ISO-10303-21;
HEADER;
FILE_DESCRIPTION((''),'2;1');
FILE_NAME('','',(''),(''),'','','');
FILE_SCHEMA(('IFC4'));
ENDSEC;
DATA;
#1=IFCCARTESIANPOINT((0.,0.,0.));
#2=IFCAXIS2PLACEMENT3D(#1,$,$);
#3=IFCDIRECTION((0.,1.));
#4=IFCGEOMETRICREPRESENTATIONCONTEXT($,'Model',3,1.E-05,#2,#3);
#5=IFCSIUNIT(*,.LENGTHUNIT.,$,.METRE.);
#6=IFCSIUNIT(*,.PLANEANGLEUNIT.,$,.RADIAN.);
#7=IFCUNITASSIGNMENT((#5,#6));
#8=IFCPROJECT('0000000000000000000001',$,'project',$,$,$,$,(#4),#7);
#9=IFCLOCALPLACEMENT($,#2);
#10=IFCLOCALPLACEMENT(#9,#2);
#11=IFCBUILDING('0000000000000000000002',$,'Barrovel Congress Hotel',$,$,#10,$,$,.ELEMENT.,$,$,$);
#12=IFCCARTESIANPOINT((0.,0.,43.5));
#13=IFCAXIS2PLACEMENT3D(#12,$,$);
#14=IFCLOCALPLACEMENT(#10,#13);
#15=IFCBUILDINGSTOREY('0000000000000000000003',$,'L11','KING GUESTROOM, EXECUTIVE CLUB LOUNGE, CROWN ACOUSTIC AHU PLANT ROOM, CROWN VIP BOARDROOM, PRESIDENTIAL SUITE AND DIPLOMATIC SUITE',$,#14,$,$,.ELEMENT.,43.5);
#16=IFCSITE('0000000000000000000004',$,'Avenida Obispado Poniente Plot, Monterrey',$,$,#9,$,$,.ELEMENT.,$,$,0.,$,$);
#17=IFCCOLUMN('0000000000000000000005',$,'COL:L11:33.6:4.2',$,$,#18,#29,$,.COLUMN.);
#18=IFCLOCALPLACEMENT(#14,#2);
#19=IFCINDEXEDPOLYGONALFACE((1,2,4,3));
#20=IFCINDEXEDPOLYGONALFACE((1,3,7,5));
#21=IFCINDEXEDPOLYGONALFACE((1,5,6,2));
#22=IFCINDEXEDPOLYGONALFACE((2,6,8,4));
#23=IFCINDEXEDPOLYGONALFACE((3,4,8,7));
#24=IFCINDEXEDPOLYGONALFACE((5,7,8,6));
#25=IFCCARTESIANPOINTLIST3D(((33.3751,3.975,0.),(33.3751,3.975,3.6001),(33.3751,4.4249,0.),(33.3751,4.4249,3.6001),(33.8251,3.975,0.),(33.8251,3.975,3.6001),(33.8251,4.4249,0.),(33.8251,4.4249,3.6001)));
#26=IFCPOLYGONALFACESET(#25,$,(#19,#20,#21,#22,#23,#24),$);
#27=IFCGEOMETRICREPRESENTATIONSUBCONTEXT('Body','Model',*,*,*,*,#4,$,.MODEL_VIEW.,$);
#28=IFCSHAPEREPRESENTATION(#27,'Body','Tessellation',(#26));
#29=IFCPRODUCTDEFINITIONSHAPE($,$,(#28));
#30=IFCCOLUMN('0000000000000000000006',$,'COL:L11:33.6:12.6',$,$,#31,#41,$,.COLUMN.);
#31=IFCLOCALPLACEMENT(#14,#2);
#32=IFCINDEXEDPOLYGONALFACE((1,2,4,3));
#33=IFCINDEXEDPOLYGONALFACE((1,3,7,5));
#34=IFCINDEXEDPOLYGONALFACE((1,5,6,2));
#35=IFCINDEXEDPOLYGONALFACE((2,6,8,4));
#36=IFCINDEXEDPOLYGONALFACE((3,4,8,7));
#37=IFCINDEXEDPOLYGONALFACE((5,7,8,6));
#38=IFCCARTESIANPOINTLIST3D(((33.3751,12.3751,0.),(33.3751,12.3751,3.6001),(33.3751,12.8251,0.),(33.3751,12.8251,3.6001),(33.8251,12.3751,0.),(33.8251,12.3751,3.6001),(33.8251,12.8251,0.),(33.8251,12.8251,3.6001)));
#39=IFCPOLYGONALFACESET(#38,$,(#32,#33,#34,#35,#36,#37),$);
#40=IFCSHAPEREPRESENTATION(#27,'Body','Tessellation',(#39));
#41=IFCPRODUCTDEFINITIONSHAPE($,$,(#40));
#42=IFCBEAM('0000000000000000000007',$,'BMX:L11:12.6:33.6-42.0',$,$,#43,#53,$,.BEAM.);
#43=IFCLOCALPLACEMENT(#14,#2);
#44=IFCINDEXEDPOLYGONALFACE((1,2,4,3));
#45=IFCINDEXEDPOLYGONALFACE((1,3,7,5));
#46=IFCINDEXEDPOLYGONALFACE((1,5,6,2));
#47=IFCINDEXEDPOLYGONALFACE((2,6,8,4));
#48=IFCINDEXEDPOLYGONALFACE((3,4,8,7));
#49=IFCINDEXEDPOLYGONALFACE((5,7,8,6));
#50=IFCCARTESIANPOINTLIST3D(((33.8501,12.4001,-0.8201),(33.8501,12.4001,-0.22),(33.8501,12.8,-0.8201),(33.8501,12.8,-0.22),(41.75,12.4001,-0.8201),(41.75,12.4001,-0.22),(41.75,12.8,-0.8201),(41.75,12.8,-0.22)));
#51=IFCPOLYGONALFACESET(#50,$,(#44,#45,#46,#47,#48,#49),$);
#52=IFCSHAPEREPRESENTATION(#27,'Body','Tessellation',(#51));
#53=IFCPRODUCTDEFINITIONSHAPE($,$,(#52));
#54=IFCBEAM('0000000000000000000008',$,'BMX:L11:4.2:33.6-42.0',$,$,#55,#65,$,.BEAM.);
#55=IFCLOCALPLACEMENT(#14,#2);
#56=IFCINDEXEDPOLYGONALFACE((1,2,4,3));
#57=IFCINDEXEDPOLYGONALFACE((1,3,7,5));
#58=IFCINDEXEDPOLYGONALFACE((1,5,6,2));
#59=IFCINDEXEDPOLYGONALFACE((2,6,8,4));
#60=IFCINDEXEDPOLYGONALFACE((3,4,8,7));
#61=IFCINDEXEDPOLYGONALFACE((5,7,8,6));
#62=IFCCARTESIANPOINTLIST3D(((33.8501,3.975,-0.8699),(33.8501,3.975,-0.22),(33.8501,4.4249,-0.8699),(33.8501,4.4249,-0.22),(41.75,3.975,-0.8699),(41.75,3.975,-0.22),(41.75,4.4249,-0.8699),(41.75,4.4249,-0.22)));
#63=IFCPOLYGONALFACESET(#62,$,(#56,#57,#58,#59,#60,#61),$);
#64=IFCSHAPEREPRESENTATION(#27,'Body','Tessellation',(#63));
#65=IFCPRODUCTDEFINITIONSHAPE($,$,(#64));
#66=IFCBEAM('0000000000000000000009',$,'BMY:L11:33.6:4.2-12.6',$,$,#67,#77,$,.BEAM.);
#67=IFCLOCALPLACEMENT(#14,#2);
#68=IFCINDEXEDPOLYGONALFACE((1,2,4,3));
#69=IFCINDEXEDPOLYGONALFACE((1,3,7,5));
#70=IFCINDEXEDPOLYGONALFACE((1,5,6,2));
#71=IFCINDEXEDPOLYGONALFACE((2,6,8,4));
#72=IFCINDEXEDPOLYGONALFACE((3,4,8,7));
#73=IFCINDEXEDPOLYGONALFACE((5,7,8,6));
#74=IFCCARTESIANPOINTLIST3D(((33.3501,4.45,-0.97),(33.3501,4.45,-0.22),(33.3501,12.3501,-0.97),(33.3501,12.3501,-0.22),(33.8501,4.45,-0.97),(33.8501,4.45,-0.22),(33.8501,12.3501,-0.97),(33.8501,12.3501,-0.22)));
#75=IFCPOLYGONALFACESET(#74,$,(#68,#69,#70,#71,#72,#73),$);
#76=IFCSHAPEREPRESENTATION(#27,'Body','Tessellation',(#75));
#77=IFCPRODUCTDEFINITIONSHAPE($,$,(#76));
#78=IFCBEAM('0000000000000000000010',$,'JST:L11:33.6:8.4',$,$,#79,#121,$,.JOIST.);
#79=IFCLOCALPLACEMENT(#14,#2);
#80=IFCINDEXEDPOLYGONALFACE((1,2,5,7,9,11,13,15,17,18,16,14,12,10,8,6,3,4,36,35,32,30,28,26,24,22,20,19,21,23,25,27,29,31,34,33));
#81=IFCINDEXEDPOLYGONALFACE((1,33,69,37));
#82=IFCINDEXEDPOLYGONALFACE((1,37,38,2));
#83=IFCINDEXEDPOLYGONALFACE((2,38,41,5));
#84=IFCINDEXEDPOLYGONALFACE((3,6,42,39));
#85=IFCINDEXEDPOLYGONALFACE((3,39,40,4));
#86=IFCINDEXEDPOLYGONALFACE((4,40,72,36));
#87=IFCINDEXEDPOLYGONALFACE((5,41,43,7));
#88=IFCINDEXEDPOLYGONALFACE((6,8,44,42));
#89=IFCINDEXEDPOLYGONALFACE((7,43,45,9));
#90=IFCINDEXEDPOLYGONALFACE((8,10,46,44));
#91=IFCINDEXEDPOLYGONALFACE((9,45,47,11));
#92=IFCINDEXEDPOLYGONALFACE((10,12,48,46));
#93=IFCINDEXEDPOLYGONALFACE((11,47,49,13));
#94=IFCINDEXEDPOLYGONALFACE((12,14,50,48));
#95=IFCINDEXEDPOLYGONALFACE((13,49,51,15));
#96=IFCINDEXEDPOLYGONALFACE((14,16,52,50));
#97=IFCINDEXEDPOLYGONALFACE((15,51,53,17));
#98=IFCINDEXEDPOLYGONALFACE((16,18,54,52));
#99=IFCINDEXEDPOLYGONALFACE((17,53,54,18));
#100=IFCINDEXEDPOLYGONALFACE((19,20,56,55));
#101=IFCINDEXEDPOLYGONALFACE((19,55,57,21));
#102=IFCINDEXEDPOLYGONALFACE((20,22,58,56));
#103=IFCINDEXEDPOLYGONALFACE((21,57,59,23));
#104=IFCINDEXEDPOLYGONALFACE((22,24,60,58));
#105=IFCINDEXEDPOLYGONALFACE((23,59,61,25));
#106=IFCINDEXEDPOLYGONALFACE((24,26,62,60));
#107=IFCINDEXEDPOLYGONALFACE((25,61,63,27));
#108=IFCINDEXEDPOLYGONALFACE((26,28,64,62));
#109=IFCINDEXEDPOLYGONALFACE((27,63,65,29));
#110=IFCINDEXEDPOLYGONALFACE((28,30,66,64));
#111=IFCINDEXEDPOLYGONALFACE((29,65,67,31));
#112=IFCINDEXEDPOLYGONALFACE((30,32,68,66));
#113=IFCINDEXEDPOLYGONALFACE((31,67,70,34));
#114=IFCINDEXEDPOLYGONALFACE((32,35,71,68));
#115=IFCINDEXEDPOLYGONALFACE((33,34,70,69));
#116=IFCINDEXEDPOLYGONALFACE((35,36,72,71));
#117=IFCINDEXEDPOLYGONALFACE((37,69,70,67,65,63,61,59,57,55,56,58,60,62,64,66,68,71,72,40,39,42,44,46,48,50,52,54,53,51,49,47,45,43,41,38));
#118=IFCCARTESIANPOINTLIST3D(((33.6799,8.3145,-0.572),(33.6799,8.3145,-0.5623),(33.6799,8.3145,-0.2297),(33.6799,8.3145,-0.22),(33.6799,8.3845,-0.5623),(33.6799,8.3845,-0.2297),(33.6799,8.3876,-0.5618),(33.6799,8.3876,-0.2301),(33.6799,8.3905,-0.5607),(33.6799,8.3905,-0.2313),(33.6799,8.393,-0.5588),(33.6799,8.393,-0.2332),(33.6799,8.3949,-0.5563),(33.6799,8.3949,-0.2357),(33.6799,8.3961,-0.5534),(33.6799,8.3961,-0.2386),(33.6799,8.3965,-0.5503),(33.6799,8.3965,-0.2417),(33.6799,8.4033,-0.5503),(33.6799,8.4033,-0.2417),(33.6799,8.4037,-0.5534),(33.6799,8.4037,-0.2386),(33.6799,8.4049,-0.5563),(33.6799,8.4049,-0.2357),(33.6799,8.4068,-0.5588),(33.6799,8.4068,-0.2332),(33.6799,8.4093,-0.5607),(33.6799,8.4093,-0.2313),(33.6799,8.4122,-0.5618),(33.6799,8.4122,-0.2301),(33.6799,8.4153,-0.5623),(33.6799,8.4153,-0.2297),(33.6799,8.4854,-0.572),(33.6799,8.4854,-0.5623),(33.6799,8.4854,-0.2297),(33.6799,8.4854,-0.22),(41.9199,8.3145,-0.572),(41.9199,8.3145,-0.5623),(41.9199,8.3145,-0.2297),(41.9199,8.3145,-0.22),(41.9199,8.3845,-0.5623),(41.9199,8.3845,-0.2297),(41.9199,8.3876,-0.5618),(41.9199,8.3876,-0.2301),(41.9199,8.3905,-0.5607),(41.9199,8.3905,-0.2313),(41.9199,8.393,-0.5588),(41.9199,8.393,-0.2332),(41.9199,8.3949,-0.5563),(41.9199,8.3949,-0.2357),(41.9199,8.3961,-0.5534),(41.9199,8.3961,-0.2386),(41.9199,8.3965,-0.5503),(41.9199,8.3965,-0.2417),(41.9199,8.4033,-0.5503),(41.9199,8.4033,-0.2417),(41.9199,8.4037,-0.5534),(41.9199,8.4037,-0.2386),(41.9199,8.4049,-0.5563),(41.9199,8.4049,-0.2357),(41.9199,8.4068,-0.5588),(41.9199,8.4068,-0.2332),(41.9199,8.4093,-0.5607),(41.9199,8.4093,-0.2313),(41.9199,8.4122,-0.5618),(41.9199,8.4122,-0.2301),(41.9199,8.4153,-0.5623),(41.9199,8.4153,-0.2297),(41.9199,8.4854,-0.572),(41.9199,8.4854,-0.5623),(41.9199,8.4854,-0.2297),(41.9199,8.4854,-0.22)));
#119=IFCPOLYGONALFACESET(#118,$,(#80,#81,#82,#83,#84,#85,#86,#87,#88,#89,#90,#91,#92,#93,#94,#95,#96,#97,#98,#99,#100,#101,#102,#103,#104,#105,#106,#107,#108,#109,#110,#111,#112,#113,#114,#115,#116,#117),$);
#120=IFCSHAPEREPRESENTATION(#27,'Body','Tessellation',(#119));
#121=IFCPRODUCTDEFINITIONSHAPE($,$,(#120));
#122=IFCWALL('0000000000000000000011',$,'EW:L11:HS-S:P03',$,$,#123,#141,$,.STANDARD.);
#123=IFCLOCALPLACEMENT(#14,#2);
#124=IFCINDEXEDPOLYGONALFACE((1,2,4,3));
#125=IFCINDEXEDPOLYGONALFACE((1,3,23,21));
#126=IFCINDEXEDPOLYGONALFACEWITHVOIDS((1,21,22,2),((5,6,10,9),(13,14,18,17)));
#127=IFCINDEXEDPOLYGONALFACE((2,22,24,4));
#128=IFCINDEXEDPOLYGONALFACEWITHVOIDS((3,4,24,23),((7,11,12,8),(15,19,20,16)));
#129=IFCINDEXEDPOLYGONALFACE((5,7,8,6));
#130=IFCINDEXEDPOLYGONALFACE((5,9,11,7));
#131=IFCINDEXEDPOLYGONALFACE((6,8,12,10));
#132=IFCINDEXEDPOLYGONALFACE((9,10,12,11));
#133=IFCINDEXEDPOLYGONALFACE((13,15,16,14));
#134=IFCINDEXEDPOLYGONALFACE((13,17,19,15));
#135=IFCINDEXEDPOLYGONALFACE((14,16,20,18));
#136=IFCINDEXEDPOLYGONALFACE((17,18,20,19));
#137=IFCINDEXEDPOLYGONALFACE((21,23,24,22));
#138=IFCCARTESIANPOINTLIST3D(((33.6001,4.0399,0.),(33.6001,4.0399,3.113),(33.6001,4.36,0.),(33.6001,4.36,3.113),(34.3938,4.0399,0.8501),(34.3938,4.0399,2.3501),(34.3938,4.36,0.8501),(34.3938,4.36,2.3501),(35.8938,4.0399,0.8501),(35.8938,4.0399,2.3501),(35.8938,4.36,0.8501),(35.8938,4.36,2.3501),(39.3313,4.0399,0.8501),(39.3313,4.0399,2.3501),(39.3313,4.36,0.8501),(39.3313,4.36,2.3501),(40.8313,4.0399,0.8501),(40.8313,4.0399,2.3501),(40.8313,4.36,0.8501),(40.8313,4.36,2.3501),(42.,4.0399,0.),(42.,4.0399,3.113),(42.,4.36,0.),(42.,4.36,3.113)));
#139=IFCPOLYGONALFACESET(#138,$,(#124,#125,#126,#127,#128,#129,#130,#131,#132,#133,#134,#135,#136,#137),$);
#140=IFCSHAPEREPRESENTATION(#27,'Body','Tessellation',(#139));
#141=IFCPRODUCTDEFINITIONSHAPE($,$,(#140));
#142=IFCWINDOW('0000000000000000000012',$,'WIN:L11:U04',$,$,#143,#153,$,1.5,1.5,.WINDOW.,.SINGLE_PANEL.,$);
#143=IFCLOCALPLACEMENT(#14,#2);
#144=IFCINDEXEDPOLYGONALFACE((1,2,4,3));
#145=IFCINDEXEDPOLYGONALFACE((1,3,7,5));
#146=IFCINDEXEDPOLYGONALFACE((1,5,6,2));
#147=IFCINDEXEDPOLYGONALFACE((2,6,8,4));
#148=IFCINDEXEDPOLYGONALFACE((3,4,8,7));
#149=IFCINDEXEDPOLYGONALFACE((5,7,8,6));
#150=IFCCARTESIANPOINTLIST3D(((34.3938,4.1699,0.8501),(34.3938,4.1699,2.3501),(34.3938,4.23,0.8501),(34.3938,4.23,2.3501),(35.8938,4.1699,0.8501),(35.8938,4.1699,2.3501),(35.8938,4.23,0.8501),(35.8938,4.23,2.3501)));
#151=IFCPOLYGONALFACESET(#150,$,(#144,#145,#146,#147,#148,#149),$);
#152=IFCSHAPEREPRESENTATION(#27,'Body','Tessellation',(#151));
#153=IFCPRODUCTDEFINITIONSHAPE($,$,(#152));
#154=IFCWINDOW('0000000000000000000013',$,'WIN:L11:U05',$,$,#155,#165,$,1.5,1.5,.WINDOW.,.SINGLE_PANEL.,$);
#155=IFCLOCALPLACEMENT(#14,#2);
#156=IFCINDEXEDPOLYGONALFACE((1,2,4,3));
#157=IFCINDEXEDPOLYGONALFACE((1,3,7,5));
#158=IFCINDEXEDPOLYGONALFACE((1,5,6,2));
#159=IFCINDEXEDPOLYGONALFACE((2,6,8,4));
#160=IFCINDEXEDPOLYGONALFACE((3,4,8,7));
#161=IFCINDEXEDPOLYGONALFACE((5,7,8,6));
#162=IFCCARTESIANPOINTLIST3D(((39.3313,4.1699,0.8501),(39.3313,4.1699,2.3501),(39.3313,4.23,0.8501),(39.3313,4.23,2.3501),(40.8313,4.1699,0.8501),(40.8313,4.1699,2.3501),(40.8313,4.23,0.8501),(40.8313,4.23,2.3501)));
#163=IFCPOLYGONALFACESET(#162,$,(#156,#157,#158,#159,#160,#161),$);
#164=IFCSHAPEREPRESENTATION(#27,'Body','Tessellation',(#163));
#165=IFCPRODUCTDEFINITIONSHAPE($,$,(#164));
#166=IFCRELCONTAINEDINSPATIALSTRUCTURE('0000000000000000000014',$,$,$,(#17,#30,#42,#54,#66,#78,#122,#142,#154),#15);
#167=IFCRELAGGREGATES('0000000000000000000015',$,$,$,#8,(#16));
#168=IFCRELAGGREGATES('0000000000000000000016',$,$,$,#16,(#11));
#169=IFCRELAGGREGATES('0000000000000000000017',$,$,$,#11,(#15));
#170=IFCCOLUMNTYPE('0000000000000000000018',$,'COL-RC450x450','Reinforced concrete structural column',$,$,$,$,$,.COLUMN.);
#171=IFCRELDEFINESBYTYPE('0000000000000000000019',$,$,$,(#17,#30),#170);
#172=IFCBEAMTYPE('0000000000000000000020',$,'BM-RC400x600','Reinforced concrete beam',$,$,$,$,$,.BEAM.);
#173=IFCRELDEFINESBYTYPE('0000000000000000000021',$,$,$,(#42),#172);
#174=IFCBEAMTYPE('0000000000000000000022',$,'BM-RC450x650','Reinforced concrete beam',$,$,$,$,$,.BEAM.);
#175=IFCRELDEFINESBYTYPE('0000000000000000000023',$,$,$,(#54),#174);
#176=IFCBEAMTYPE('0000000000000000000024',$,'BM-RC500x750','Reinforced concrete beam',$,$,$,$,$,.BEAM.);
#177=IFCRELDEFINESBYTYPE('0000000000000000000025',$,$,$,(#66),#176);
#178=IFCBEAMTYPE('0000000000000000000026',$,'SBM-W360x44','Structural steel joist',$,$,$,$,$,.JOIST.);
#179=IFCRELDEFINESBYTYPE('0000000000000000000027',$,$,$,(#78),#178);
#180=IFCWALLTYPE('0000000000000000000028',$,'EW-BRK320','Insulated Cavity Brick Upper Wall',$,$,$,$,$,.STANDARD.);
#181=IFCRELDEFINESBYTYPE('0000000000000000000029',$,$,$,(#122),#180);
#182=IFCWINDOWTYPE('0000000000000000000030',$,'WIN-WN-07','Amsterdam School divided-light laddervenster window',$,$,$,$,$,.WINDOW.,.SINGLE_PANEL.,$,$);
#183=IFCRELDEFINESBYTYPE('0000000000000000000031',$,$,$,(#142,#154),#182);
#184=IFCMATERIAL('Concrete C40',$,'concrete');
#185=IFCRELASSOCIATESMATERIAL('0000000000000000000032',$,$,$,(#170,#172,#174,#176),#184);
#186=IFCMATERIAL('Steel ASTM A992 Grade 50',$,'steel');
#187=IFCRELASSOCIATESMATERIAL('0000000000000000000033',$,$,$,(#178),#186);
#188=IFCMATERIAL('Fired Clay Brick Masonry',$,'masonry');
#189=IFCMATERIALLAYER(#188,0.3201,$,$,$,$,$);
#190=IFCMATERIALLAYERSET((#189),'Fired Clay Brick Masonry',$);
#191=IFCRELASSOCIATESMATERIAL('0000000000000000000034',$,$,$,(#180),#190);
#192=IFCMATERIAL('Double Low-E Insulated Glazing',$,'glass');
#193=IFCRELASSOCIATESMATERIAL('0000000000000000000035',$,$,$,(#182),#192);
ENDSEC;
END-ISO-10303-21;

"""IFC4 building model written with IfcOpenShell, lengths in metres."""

from ifc_helpers import new_model, si_unit, direction, frame, frame_2d, origin, origin_2d, place, context, subcontext, project, spatial, rectangle, i_section, extrude, material, layer, layer_set, material_profile, profile_set, type_object, element, fill, save


model = new_model("IFC4")

# Units and contexts
model_context = context("Model", 3, precision=1e-05, world=origin(), true_north=direction((0.0, 1.0)))
body_context = subcontext(model_context, "Body", "Model", "MODEL_VIEW")
ifc_project = project(units=[si_unit("LENGTHUNIT", "METRE"), si_unit("PLANEANGLEUNIT", "RADIAN")], contexts=[model_context])

# Site, building, storey
site_placement = place(None, origin())
site = spatial("IfcSite", under=ifc_project, at=site_placement, Name="Avenida Obispado Poniente Plot, Monterrey", CompositionType="ELEMENT", RefElevation=0.0)
building_placement = place(site_placement, origin())
building = spatial("IfcBuilding", under=site, at=building_placement, Name="Barrovel Congress Hotel", CompositionType="ELEMENT")
storey_placement = place(building_placement, frame((0.0, 0.0, 43.5)))
storey = spatial("IfcBuildingStorey", under=building, at=storey_placement, Name="L11", Description="KING GUESTROOM, EXECUTIVE CLUB LOUNGE, CROWN ACOUSTIC AHU PLANT ROOM, CROWN VIP BOARDROOM, PRESIDENTIAL SUITE AND DIPLOMATIC SUITE", CompositionType="ELEMENT", Elevation=43.5)

# Columns
ifc_material_1 = material(Name="Concrete C40", Category="concrete")
ifc_material_profile_1 = material_profile(ifc_material_1, rectangle(XDim=0.45, YDim=0.45, at=origin_2d()), Name="RC450x450")
ifc_profile_set_1 = profile_set([ifc_material_profile_1], Name="Concrete C40")
column_type = type_object("IfcColumnType", Name="COL-RC450x450", Description="Reinforced concrete structural column", PredefinedType="COLUMN", material=ifc_profile_set_1)
for number, where, z_axis, x_axis, name in (
    (1, (33.6001, 4.2, 0.0), (0.0, 0.0, 1.0), (1.0, 0.0, 0.0), "COL:L11:33.6:4.2"),
    (2, (33.6001, 12.6001, 0.0), (0.0, 0.0, 1.0), (1.0, 0.0, 0.0), "COL:L11:33.6:12.6"),
):
    element("IfcColumn", number, at=place(storey_placement, frame(where, z_axis=z_axis, x_axis=x_axis)), inside=storey, type_object=column_type, Name=name, PredefinedType="COLUMN", context=body_context, shape_type="SweptSolid", body=[
        extrude(rectangle(XDim=0.45, YDim=0.45, at=origin_2d()), origin(), (0.0, 0.0, 1.0), 3.6001),
    ])

# Beams
ifc_material_profile_2 = material_profile(ifc_material_1, rectangle(XDim=0.3999, YDim=0.6001, at=origin_2d()), Name="RC400x600")
ifc_profile_set_2 = profile_set([ifc_material_profile_2], Name="Concrete C40")
beam_type_1 = type_object("IfcBeamType", Name="BM-RC400x600", Description="Reinforced concrete beam", PredefinedType="BEAM", material=ifc_profile_set_2)
beam_1_placement = place(storey_placement, frame((33.8501, 12.6001, -0.52), z_axis=(1.0, 0.0, 0.0), x_axis=(0.0, 1.0, 0.0)))
element("IfcBeam", 3, at=beam_1_placement, inside=storey, type_object=beam_type_1, Name="BMX:L11:12.6:33.6-42.0", PredefinedType="BEAM", context=body_context, shape_type="SweptSolid", body=[
    extrude(rectangle(XDim=0.3999, YDim=0.6001, at=origin_2d()), origin(), (0.0, 0.0, 1.0), 7.8999),
])
ifc_material_profile_3 = material_profile(ifc_material_1, rectangle(XDim=0.45, YDim=0.6499, at=origin_2d()), Name="RC450x650")
ifc_profile_set_3 = profile_set([ifc_material_profile_3], Name="Concrete C40")
beam_type_2 = type_object("IfcBeamType", Name="BM-RC450x650", Description="Reinforced concrete beam", PredefinedType="BEAM", material=ifc_profile_set_3)
beam_2_placement = place(storey_placement, frame((33.8501, 4.2, -0.5449), z_axis=(1.0, 0.0, 0.0), x_axis=(0.0, 1.0, 0.0)))
element("IfcBeam", 4, at=beam_2_placement, inside=storey, type_object=beam_type_2, Name="BMX:L11:4.2:33.6-42.0", PredefinedType="BEAM", context=body_context, shape_type="SweptSolid", body=[
    extrude(rectangle(XDim=0.45, YDim=0.6499, at=origin_2d()), origin(), (0.0, 0.0, 1.0), 7.8999),
])
ifc_material_profile_4 = material_profile(ifc_material_1, rectangle(XDim=0.5, YDim=0.75, at=origin_2d()), Name="RC500x750")
ifc_profile_set_4 = profile_set([ifc_material_profile_4], Name="Concrete C40")
beam_type_3 = type_object("IfcBeamType", Name="BM-RC500x750", Description="Reinforced concrete beam", PredefinedType="BEAM", material=ifc_profile_set_4)
beam_3_placement = place(storey_placement, frame((33.6001, 4.45, -0.595), z_axis=(0.0, 1.0, 0.0), x_axis=(-1.0, 0.0, 0.0)))
element("IfcBeam", 5, at=beam_3_placement, inside=storey, type_object=beam_type_3, Name="BMY:L11:33.6:4.2-12.6", PredefinedType="BEAM", context=body_context, shape_type="SweptSolid", body=[
    extrude(rectangle(XDim=0.5, YDim=0.75, at=origin_2d()), origin(), (0.0, 0.0, 1.0), 7.9001),
])
ifc_material_2 = material(Name="Steel ASTM A992 Grade 50", Category="steel")
ifc_material_profile_5 = material_profile(ifc_material_2, i_section(OverallWidth=0.1709, OverallDepth=0.3521, WebThickness=0.0068, FlangeThickness=0.0098, FilletRadius=0.012, at=origin_2d()), Name="W360x44")
ifc_profile_set_5 = profile_set([ifc_material_profile_5], Name="Steel ASTM A992 Grade 50")
beam_type_4 = type_object("IfcBeamType", Name="SBM-W360x44", Description="Structural steel joist", PredefinedType="JOIST", material=ifc_profile_set_5)
beam_4_placement = place(storey_placement, frame((33.6799, 8.3999, -0.396), z_axis=(1.0, 0.0, 0.0), x_axis=(0.0, 1.0, 0.0)))
element("IfcBeam", 6, at=beam_4_placement, inside=storey, type_object=beam_type_4, Name="JST:L11:33.6:8.4", PredefinedType="JOIST", context=body_context, shape_type="SweptSolid", body=[
    extrude(i_section(OverallWidth=0.1709, OverallDepth=0.3521, WebThickness=0.0068, FlangeThickness=0.0098, FilletRadius=0.012, at=origin_2d()), origin(), (0.0, 0.0, 1.0), 8.24),
])

# Wall, openings, windows
ifc_material_3 = material(Name="Fired Clay Brick Masonry", Category="masonry")
ifc_layer_1 = layer(ifc_material_3, 0.3201)
ifc_layer_set_1 = layer_set([ifc_layer_1], Name="Fired Clay Brick Masonry")
wall_type_1 = type_object("IfcWallType", Name="EW-BRK320", Description="Insulated Cavity Brick Upper Wall", PredefinedType="STANDARD", material=ifc_layer_set_1)
wall_1_placement = place(storey_placement, frame((33.6001, 4.2, 0.0), z_axis=(0.0, 0.0, 1.0), x_axis=(1.0, 0.0, 0.0)))
wall_1 = element("IfcWall", 7, at=wall_1_placement, inside=storey, type_object=wall_type_1, Name="EW:L11:HS-S:P03", PredefinedType="STANDARD", context=body_context, shape_type="SweptSolid", body=[
    extrude(rectangle(XDim=8.3999, YDim=0.3201, at=frame_2d((4.2, 0.0))), origin(), (0.0, 0.0, 1.0), 3.113),
])
opening_1_placement = place(wall_1_placement, frame((0.7937, 0.0, 0.8501)))
opening_1 = element("IfcOpeningElement", 8, at=opening_1_placement, cuts=wall_1, PredefinedType="OPENING", context=body_context, shape_type="SweptSolid", body=[
    extrude(rectangle(XDim=1.5, YDim=1.5, at=frame_2d((0.75, 0.75))), frame((0.0, 0.1699, 0.0), z_axis=(0.0, -1.0, 0.0), x_axis=(1.0, 0.0, 0.0)), (0.0, 0.0, 1.0), 0.3401),
])
opening_2_placement = place(wall_1_placement, frame((5.7312, 0.0, 0.8501)))
opening_2 = element("IfcOpeningElement", 9, at=opening_2_placement, cuts=wall_1, PredefinedType="OPENING", context=body_context, shape_type="SweptSolid", body=[
    extrude(rectangle(XDim=1.5, YDim=1.5, at=frame_2d((0.75, 0.75))), frame((0.0, 0.1699, 0.0), z_axis=(0.0, -1.0, 0.0), x_axis=(1.0, 0.0, 0.0)), (0.0, 0.0, 1.0), 0.3401),
])
ifc_material_4 = material(Name="Double Low-E Insulated Glazing", Category="glass")
window_type = type_object("IfcWindowType", Name="WIN-WN-07", Description="Amsterdam School divided-light laddervenster window", PartitioningType="SINGLE_PANEL", PredefinedType="WINDOW", material=ifc_material_4)
window_1_placement = place(opening_1_placement, origin())
window_1 = element("IfcWindow", 10, at=window_1_placement, inside=storey, type_object=window_type, Name="WIN:L11:U04", OverallHeight=1.5, OverallWidth=1.5, PartitioningType="SINGLE_PANEL", PredefinedType="WINDOW", context=body_context, shape_type="SweptSolid", body=[
    extrude(rectangle(XDim=1.5, YDim=1.5, at=frame_2d((0.75, 0.75))), frame((0.0, 0.03, 0.0), z_axis=(0.0, -1.0, 0.0), x_axis=(1.0, 0.0, 0.0)), (0.0, 0.0, 1.0), 0.0601),
])
fill(opening_1, window_1)
window_2_placement = place(opening_2_placement, origin())
window_2 = element("IfcWindow", 11, at=window_2_placement, inside=storey, type_object=window_type, Name="WIN:L11:U05", OverallHeight=1.5, OverallWidth=1.5, PartitioningType="SINGLE_PANEL", PredefinedType="WINDOW", context=body_context, shape_type="SweptSolid", body=[
    extrude(rectangle(XDim=1.5, YDim=1.5, at=frame_2d((0.75, 0.75))), frame((0.0, 0.03, 0.0), z_axis=(0.0, -1.0, 0.0), x_axis=(1.0, 0.0, 0.0)), (0.0, 0.0, 1.0), 0.0601),
])
fill(opening_2, window_2)

save(model, "model.ifc")
